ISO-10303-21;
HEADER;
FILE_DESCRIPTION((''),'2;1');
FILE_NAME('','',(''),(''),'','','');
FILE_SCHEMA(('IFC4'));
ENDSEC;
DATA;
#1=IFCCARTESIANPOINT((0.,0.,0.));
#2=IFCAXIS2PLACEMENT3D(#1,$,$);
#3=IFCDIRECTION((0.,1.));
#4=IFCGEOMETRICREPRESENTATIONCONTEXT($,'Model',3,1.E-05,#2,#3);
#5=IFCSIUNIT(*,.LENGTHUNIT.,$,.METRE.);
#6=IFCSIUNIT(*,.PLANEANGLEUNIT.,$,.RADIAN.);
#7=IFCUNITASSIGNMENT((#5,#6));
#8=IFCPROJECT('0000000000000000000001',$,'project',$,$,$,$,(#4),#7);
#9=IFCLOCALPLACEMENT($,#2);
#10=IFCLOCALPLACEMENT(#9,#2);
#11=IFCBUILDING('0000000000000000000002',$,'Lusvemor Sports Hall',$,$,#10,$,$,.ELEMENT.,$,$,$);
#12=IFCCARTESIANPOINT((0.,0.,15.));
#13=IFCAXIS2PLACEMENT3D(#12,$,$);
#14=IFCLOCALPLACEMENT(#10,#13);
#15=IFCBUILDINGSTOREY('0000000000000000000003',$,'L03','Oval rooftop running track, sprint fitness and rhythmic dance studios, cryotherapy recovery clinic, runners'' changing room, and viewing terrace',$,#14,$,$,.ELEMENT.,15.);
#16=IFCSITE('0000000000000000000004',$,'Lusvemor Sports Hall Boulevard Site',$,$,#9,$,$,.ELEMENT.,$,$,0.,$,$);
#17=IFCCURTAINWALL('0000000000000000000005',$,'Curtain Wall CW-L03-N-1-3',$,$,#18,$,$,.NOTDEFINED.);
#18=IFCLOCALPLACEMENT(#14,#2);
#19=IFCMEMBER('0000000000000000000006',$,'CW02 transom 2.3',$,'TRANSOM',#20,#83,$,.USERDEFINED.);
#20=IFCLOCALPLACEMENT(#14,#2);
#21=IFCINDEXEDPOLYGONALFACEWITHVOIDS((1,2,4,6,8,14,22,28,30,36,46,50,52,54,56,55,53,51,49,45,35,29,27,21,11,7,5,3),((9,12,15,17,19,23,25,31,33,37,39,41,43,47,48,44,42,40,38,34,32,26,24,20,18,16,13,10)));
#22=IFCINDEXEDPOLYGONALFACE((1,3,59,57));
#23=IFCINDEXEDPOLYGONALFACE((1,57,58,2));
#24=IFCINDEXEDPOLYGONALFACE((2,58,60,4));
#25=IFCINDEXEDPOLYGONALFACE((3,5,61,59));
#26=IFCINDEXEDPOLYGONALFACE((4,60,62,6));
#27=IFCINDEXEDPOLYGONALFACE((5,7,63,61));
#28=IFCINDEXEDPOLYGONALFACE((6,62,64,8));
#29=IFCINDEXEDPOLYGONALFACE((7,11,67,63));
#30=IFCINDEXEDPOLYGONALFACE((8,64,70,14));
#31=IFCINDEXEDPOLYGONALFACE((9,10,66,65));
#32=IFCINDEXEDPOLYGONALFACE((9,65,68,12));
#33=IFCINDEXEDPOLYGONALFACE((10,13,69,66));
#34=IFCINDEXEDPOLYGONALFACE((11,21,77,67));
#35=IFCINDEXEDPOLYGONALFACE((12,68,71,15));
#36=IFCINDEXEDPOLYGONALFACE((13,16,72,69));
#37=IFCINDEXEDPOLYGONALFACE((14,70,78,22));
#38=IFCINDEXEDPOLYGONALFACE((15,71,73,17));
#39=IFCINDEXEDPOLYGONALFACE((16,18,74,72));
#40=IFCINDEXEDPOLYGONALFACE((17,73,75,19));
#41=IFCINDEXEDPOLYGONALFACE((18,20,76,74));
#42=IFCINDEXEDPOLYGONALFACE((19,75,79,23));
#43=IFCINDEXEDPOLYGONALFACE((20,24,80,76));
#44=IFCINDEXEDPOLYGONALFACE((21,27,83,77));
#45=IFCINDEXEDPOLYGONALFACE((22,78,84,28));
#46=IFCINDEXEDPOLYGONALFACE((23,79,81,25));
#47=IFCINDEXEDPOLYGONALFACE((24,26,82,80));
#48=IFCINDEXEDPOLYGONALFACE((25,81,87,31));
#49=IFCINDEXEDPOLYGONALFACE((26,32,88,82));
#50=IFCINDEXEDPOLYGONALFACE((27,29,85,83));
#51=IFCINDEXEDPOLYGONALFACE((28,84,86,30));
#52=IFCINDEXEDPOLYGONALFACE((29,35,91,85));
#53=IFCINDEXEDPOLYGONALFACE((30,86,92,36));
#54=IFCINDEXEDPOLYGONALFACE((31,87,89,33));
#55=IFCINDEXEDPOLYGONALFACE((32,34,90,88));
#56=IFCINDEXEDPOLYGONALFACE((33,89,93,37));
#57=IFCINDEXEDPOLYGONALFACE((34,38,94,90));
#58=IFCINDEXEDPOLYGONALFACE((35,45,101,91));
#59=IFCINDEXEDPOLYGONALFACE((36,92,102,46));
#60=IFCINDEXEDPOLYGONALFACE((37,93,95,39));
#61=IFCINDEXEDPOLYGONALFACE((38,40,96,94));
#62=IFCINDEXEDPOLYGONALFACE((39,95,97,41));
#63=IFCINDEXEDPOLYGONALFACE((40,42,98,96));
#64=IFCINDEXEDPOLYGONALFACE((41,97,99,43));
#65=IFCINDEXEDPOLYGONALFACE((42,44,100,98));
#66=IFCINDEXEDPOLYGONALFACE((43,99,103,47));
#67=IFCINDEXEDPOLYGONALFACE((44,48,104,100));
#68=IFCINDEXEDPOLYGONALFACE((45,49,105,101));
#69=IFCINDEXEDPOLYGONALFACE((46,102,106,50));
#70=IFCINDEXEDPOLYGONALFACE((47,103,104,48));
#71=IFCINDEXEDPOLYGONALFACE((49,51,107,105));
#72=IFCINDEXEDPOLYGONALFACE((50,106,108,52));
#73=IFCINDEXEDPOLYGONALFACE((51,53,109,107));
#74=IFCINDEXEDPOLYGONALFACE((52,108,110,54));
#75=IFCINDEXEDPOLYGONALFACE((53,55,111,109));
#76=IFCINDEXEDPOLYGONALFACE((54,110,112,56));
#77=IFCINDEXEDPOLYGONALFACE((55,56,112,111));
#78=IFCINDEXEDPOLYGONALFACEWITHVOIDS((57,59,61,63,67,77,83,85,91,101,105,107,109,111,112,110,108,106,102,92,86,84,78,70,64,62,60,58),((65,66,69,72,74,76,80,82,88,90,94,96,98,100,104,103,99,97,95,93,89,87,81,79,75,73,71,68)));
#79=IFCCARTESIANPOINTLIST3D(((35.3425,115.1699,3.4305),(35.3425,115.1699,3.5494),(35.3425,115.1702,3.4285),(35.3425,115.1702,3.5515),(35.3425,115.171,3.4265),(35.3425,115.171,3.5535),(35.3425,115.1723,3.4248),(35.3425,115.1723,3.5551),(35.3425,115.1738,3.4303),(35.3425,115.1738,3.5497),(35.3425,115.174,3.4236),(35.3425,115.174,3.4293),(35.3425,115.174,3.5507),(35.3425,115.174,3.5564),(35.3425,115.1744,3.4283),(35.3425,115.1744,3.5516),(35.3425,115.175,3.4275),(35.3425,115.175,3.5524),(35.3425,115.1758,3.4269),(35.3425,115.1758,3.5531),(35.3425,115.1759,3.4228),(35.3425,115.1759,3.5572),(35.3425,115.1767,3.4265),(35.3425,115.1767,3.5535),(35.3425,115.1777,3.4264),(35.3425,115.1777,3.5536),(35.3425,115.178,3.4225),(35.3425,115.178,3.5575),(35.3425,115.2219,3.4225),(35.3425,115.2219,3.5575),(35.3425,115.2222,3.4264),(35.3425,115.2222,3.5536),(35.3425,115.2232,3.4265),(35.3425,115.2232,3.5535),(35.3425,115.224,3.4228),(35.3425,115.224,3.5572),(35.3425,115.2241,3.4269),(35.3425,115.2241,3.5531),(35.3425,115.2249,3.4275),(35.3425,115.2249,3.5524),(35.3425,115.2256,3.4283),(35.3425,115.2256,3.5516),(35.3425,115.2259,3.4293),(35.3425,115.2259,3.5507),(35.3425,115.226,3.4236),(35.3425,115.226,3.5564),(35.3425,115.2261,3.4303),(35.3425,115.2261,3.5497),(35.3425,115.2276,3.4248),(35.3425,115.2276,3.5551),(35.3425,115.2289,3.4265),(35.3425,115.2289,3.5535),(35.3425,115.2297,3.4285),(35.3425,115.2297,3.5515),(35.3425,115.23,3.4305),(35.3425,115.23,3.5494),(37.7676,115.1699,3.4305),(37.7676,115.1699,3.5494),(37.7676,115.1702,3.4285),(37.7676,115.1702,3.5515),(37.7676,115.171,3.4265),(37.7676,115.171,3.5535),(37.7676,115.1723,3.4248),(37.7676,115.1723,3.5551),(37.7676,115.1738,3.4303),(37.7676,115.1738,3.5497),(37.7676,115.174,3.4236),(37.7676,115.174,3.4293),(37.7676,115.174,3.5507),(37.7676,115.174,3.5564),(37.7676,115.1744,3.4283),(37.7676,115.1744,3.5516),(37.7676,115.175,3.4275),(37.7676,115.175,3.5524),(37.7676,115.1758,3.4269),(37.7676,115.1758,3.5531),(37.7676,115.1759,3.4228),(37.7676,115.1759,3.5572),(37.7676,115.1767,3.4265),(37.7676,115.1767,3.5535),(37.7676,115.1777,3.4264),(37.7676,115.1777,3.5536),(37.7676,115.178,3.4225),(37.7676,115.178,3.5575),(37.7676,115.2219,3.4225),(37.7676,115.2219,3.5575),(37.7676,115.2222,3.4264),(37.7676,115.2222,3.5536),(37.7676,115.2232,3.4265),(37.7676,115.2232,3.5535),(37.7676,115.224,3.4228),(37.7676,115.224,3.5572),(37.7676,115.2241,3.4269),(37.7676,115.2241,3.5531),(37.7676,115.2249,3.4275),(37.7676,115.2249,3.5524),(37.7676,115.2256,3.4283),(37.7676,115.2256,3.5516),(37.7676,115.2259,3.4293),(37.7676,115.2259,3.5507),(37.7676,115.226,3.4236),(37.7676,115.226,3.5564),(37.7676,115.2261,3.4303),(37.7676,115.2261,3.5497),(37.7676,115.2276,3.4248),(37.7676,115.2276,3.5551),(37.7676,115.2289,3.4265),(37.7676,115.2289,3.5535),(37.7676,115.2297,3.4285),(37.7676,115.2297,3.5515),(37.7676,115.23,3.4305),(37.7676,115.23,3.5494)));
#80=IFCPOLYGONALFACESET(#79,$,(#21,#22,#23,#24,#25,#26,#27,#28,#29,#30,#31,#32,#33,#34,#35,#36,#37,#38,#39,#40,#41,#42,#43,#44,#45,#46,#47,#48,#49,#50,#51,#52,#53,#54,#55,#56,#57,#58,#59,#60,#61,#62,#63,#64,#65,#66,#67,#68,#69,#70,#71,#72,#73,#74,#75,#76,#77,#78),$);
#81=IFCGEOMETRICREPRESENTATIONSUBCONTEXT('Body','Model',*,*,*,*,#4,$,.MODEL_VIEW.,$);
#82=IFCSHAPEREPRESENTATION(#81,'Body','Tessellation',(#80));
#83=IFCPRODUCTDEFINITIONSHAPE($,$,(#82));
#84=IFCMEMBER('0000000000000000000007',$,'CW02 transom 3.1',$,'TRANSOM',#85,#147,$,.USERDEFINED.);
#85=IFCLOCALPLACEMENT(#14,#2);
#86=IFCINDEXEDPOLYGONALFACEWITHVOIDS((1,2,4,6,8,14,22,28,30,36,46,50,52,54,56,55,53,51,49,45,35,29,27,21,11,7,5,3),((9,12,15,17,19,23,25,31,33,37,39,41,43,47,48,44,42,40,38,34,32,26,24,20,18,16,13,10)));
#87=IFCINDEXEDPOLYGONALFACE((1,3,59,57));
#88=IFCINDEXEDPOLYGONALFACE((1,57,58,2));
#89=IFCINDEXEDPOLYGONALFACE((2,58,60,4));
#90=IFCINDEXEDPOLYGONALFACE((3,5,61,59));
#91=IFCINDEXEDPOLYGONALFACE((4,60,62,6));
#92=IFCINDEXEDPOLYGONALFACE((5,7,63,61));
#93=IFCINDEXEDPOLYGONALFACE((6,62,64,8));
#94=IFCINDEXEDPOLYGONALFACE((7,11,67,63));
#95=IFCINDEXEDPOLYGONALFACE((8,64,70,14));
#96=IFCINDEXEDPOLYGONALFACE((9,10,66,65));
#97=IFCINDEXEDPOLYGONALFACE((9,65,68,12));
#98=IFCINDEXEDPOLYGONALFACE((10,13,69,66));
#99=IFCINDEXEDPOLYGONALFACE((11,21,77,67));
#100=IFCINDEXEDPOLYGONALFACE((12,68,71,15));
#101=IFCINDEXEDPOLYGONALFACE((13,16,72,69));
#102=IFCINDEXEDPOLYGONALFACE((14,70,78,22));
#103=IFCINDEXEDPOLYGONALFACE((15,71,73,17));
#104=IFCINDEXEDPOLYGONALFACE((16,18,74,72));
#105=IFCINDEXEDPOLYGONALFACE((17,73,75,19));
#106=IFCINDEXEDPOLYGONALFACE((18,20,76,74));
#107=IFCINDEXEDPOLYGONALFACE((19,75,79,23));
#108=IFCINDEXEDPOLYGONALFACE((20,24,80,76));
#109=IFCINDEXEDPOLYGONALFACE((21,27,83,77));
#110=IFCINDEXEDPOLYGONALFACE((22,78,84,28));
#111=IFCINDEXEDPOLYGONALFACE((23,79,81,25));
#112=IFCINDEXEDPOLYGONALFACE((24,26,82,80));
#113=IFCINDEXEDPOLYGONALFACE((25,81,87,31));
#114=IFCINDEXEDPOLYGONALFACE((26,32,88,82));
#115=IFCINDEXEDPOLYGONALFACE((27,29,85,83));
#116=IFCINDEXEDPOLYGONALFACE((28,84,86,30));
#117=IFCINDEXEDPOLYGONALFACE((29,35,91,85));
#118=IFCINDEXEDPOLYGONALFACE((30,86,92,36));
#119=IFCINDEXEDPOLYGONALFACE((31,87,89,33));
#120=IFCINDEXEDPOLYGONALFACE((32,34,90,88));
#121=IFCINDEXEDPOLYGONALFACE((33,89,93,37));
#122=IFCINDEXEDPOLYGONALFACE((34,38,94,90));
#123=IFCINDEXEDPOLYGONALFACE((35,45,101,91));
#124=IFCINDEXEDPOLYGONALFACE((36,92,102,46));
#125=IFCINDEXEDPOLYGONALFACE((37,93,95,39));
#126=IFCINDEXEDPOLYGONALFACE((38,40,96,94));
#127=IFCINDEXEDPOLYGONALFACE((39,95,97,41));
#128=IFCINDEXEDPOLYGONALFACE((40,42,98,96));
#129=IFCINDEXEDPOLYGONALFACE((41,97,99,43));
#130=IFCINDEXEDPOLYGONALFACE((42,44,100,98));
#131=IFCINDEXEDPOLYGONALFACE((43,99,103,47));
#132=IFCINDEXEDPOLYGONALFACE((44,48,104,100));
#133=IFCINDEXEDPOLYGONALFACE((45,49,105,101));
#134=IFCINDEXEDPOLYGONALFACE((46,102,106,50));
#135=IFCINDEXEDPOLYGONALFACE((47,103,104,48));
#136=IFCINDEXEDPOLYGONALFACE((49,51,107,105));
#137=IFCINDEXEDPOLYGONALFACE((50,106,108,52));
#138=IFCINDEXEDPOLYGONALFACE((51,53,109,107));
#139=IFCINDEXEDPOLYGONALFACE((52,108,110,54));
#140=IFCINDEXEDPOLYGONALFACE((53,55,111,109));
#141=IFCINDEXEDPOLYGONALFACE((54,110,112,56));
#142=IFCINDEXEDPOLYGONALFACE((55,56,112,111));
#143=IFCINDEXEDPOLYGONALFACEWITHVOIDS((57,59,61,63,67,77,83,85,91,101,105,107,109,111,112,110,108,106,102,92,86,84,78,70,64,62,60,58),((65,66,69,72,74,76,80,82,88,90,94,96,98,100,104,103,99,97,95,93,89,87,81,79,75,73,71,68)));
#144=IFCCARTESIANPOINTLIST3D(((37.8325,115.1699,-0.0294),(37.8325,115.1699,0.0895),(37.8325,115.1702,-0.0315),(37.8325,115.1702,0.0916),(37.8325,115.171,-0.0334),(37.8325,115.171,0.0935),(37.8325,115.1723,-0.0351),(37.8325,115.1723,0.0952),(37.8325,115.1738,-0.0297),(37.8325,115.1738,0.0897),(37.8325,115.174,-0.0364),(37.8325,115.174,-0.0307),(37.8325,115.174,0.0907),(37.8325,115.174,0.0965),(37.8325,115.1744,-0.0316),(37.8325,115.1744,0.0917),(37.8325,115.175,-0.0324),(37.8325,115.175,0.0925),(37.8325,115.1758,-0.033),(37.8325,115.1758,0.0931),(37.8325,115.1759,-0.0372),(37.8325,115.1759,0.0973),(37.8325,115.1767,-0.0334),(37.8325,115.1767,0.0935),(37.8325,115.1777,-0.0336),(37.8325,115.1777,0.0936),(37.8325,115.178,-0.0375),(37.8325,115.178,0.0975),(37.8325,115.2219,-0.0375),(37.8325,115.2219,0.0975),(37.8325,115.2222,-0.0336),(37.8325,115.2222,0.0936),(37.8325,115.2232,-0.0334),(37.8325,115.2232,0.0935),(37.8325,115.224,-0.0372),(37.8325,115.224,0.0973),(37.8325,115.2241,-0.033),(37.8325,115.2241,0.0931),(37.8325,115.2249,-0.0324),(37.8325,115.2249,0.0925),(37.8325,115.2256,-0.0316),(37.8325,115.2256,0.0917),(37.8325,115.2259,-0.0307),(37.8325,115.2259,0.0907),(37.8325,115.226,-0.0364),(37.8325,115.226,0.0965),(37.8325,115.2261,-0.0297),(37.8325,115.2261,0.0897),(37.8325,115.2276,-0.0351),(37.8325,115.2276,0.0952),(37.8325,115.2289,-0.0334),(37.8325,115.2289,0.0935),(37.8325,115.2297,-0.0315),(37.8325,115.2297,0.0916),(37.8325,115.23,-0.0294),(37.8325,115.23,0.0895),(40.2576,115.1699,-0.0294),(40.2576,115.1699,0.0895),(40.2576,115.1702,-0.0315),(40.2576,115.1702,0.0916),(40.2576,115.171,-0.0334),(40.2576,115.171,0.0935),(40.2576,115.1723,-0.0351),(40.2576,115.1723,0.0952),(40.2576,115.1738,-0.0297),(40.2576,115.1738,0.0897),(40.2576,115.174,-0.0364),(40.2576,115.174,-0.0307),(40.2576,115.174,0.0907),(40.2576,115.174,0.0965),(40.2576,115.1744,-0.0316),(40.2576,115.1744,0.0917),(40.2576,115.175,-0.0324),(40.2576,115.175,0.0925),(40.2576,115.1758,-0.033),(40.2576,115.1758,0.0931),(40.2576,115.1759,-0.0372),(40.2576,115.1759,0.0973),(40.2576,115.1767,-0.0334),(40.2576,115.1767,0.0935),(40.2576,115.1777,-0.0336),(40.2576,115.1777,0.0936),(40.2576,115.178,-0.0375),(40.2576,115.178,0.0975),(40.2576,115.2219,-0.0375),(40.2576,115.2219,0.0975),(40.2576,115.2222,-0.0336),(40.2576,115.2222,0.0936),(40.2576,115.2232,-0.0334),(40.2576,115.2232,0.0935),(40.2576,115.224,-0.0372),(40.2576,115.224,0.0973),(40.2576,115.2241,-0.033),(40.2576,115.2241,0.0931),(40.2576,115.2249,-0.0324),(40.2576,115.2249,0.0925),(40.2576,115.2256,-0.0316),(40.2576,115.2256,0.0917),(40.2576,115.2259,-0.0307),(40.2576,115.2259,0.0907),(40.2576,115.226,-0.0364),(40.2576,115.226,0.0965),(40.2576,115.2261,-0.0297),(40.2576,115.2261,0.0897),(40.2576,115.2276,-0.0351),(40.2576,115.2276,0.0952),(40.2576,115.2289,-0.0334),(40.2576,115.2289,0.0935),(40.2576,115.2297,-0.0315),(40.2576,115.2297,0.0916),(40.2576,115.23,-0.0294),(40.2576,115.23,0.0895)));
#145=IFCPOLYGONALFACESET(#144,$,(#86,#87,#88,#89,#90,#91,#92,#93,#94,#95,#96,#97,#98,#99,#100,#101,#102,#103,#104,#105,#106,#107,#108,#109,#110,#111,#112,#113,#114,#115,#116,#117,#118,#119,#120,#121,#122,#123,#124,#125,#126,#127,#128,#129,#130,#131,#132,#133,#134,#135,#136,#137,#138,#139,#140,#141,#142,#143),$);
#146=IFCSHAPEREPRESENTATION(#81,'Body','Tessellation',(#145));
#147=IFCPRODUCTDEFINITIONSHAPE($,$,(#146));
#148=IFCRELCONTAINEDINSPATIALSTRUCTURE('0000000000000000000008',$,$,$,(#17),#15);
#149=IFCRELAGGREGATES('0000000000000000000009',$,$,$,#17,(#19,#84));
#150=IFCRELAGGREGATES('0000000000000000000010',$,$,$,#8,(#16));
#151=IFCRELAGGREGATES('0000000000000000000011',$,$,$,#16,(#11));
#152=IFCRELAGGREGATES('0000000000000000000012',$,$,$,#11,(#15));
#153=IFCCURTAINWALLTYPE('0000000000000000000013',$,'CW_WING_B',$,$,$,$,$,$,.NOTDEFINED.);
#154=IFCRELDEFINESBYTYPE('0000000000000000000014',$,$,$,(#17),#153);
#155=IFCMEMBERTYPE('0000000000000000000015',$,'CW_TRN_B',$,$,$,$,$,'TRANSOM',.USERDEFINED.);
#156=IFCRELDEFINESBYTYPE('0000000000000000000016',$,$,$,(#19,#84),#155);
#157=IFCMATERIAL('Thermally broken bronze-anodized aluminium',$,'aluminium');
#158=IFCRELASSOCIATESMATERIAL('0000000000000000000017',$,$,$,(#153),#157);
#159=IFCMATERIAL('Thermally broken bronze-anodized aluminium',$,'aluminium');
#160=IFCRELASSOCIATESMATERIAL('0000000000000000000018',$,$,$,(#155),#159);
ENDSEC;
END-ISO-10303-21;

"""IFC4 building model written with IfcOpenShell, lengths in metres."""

from ifc_helpers import new_model, si_unit, direction, frame, origin, origin_2d, place, context, subcontext, project, spatial, hollow_rectangle, extrude, material, material_profile, profile_set, type_object, element, aggregate, save


model = new_model("IFC4")

# Units and contexts
model_context = context("Model", 3, precision=1e-05, world=origin(), true_north=direction((0.0, 1.0)))
body_context = subcontext(model_context, "Body", "Model", "MODEL_VIEW")
ifc_project = project(units=[si_unit("LENGTHUNIT", "METRE"), si_unit("PLANEANGLEUNIT", "RADIAN")], contexts=[model_context])

# Site, building, storey
site_placement = place(None, origin())
site = spatial("IfcSite", under=ifc_project, at=site_placement, Name="Lusvemor Sports Hall Boulevard Site", CompositionType="ELEMENT", RefElevation=0.0)
building_placement = place(site_placement, origin())
building = spatial("IfcBuilding", under=site, at=building_placement, Name="Lusvemor Sports Hall", CompositionType="ELEMENT")
storey_placement = place(building_placement, frame((0.0, 0.0, 15.0)))
storey = spatial("IfcBuildingStorey", under=building, at=storey_placement, Name="L03", Description="Oval rooftop running track, sprint fitness and rhythmic dance studios, cryotherapy recovery clinic, runners' changing room, and viewing terrace", CompositionType="ELEMENT", Elevation=15.0)

# Curtain wall
ifc_material_1 = material(Name="Thermally broken bronze-anodized aluminium", Category="aluminium")
curtain_wall_type_1 = type_object("IfcCurtainWallType", Name="CW_WING_B", PredefinedType="NOTDEFINED", material=ifc_material_1)
curtain_wall_1_placement = place(storey_placement, origin())
curtain_wall_1 = element("IfcCurtainWall", 1, at=curtain_wall_1_placement, inside=storey, type_object=curtain_wall_type_1, Name="Curtain Wall CW-L03-N-1-3", PredefinedType="NOTDEFINED")

# Members
ifc_material_2 = material(Name="Thermally broken bronze-anodized aluminium", Category="aluminium")
ifc_material_profile_1 = material_profile(ifc_material_2, hollow_rectangle(XDim=0.0601, YDim=0.135, WallThickness=0.0039, InnerFilletRadius=0.0039, OuterFilletRadius=0.0081, at=origin_2d()), Name="CWTRN135x60x4")
ifc_profile_set_1 = profile_set([ifc_material_profile_1], Name="Thermally broken bronze-anodized aluminium")
member_type_1 = type_object("IfcMemberType", Name="CW_TRN_B", ElementType="TRANSOM", PredefinedType="USERDEFINED", material=ifc_profile_set_1)
member_1_placement = place(storey_placement, frame((35.3425, 115.2, 3.49), z_axis=(1.0, 0.0, 0.0), x_axis=(0.0, 1.0, 0.0)))
member_1 = element("IfcMember", 2, at=member_1_placement, type_object=member_type_1, Name="CW02 transom 2.3", ObjectType="TRANSOM", PredefinedType="USERDEFINED", context=body_context, shape_type="SweptSolid", body=[
    extrude(hollow_rectangle(XDim=0.0601, YDim=0.135, WallThickness=0.0039, InnerFilletRadius=0.0039, OuterFilletRadius=0.0081, at=origin_2d()), origin(), (0.0, 0.0, 1.0), 2.425),
])
member_2_placement = place(storey_placement, frame((37.8325, 115.2, 0.03), z_axis=(1.0, 0.0, 0.0), x_axis=(0.0, 1.0, 0.0)))
member_2 = element("IfcMember", 3, at=member_2_placement, type_object=member_type_1, Name="CW02 transom 3.1", ObjectType="TRANSOM", PredefinedType="USERDEFINED", context=body_context, shape_type="SweptSolid", body=[
    extrude(hollow_rectangle(XDim=0.0601, YDim=0.135, WallThickness=0.0039, InnerFilletRadius=0.0039, OuterFilletRadius=0.0081, at=origin_2d()), origin(), (0.0, 0.0, 1.0), 2.425),
])

aggregate(curtain_wall_1, [member_1, member_2])

save(model, "model.ifc")
